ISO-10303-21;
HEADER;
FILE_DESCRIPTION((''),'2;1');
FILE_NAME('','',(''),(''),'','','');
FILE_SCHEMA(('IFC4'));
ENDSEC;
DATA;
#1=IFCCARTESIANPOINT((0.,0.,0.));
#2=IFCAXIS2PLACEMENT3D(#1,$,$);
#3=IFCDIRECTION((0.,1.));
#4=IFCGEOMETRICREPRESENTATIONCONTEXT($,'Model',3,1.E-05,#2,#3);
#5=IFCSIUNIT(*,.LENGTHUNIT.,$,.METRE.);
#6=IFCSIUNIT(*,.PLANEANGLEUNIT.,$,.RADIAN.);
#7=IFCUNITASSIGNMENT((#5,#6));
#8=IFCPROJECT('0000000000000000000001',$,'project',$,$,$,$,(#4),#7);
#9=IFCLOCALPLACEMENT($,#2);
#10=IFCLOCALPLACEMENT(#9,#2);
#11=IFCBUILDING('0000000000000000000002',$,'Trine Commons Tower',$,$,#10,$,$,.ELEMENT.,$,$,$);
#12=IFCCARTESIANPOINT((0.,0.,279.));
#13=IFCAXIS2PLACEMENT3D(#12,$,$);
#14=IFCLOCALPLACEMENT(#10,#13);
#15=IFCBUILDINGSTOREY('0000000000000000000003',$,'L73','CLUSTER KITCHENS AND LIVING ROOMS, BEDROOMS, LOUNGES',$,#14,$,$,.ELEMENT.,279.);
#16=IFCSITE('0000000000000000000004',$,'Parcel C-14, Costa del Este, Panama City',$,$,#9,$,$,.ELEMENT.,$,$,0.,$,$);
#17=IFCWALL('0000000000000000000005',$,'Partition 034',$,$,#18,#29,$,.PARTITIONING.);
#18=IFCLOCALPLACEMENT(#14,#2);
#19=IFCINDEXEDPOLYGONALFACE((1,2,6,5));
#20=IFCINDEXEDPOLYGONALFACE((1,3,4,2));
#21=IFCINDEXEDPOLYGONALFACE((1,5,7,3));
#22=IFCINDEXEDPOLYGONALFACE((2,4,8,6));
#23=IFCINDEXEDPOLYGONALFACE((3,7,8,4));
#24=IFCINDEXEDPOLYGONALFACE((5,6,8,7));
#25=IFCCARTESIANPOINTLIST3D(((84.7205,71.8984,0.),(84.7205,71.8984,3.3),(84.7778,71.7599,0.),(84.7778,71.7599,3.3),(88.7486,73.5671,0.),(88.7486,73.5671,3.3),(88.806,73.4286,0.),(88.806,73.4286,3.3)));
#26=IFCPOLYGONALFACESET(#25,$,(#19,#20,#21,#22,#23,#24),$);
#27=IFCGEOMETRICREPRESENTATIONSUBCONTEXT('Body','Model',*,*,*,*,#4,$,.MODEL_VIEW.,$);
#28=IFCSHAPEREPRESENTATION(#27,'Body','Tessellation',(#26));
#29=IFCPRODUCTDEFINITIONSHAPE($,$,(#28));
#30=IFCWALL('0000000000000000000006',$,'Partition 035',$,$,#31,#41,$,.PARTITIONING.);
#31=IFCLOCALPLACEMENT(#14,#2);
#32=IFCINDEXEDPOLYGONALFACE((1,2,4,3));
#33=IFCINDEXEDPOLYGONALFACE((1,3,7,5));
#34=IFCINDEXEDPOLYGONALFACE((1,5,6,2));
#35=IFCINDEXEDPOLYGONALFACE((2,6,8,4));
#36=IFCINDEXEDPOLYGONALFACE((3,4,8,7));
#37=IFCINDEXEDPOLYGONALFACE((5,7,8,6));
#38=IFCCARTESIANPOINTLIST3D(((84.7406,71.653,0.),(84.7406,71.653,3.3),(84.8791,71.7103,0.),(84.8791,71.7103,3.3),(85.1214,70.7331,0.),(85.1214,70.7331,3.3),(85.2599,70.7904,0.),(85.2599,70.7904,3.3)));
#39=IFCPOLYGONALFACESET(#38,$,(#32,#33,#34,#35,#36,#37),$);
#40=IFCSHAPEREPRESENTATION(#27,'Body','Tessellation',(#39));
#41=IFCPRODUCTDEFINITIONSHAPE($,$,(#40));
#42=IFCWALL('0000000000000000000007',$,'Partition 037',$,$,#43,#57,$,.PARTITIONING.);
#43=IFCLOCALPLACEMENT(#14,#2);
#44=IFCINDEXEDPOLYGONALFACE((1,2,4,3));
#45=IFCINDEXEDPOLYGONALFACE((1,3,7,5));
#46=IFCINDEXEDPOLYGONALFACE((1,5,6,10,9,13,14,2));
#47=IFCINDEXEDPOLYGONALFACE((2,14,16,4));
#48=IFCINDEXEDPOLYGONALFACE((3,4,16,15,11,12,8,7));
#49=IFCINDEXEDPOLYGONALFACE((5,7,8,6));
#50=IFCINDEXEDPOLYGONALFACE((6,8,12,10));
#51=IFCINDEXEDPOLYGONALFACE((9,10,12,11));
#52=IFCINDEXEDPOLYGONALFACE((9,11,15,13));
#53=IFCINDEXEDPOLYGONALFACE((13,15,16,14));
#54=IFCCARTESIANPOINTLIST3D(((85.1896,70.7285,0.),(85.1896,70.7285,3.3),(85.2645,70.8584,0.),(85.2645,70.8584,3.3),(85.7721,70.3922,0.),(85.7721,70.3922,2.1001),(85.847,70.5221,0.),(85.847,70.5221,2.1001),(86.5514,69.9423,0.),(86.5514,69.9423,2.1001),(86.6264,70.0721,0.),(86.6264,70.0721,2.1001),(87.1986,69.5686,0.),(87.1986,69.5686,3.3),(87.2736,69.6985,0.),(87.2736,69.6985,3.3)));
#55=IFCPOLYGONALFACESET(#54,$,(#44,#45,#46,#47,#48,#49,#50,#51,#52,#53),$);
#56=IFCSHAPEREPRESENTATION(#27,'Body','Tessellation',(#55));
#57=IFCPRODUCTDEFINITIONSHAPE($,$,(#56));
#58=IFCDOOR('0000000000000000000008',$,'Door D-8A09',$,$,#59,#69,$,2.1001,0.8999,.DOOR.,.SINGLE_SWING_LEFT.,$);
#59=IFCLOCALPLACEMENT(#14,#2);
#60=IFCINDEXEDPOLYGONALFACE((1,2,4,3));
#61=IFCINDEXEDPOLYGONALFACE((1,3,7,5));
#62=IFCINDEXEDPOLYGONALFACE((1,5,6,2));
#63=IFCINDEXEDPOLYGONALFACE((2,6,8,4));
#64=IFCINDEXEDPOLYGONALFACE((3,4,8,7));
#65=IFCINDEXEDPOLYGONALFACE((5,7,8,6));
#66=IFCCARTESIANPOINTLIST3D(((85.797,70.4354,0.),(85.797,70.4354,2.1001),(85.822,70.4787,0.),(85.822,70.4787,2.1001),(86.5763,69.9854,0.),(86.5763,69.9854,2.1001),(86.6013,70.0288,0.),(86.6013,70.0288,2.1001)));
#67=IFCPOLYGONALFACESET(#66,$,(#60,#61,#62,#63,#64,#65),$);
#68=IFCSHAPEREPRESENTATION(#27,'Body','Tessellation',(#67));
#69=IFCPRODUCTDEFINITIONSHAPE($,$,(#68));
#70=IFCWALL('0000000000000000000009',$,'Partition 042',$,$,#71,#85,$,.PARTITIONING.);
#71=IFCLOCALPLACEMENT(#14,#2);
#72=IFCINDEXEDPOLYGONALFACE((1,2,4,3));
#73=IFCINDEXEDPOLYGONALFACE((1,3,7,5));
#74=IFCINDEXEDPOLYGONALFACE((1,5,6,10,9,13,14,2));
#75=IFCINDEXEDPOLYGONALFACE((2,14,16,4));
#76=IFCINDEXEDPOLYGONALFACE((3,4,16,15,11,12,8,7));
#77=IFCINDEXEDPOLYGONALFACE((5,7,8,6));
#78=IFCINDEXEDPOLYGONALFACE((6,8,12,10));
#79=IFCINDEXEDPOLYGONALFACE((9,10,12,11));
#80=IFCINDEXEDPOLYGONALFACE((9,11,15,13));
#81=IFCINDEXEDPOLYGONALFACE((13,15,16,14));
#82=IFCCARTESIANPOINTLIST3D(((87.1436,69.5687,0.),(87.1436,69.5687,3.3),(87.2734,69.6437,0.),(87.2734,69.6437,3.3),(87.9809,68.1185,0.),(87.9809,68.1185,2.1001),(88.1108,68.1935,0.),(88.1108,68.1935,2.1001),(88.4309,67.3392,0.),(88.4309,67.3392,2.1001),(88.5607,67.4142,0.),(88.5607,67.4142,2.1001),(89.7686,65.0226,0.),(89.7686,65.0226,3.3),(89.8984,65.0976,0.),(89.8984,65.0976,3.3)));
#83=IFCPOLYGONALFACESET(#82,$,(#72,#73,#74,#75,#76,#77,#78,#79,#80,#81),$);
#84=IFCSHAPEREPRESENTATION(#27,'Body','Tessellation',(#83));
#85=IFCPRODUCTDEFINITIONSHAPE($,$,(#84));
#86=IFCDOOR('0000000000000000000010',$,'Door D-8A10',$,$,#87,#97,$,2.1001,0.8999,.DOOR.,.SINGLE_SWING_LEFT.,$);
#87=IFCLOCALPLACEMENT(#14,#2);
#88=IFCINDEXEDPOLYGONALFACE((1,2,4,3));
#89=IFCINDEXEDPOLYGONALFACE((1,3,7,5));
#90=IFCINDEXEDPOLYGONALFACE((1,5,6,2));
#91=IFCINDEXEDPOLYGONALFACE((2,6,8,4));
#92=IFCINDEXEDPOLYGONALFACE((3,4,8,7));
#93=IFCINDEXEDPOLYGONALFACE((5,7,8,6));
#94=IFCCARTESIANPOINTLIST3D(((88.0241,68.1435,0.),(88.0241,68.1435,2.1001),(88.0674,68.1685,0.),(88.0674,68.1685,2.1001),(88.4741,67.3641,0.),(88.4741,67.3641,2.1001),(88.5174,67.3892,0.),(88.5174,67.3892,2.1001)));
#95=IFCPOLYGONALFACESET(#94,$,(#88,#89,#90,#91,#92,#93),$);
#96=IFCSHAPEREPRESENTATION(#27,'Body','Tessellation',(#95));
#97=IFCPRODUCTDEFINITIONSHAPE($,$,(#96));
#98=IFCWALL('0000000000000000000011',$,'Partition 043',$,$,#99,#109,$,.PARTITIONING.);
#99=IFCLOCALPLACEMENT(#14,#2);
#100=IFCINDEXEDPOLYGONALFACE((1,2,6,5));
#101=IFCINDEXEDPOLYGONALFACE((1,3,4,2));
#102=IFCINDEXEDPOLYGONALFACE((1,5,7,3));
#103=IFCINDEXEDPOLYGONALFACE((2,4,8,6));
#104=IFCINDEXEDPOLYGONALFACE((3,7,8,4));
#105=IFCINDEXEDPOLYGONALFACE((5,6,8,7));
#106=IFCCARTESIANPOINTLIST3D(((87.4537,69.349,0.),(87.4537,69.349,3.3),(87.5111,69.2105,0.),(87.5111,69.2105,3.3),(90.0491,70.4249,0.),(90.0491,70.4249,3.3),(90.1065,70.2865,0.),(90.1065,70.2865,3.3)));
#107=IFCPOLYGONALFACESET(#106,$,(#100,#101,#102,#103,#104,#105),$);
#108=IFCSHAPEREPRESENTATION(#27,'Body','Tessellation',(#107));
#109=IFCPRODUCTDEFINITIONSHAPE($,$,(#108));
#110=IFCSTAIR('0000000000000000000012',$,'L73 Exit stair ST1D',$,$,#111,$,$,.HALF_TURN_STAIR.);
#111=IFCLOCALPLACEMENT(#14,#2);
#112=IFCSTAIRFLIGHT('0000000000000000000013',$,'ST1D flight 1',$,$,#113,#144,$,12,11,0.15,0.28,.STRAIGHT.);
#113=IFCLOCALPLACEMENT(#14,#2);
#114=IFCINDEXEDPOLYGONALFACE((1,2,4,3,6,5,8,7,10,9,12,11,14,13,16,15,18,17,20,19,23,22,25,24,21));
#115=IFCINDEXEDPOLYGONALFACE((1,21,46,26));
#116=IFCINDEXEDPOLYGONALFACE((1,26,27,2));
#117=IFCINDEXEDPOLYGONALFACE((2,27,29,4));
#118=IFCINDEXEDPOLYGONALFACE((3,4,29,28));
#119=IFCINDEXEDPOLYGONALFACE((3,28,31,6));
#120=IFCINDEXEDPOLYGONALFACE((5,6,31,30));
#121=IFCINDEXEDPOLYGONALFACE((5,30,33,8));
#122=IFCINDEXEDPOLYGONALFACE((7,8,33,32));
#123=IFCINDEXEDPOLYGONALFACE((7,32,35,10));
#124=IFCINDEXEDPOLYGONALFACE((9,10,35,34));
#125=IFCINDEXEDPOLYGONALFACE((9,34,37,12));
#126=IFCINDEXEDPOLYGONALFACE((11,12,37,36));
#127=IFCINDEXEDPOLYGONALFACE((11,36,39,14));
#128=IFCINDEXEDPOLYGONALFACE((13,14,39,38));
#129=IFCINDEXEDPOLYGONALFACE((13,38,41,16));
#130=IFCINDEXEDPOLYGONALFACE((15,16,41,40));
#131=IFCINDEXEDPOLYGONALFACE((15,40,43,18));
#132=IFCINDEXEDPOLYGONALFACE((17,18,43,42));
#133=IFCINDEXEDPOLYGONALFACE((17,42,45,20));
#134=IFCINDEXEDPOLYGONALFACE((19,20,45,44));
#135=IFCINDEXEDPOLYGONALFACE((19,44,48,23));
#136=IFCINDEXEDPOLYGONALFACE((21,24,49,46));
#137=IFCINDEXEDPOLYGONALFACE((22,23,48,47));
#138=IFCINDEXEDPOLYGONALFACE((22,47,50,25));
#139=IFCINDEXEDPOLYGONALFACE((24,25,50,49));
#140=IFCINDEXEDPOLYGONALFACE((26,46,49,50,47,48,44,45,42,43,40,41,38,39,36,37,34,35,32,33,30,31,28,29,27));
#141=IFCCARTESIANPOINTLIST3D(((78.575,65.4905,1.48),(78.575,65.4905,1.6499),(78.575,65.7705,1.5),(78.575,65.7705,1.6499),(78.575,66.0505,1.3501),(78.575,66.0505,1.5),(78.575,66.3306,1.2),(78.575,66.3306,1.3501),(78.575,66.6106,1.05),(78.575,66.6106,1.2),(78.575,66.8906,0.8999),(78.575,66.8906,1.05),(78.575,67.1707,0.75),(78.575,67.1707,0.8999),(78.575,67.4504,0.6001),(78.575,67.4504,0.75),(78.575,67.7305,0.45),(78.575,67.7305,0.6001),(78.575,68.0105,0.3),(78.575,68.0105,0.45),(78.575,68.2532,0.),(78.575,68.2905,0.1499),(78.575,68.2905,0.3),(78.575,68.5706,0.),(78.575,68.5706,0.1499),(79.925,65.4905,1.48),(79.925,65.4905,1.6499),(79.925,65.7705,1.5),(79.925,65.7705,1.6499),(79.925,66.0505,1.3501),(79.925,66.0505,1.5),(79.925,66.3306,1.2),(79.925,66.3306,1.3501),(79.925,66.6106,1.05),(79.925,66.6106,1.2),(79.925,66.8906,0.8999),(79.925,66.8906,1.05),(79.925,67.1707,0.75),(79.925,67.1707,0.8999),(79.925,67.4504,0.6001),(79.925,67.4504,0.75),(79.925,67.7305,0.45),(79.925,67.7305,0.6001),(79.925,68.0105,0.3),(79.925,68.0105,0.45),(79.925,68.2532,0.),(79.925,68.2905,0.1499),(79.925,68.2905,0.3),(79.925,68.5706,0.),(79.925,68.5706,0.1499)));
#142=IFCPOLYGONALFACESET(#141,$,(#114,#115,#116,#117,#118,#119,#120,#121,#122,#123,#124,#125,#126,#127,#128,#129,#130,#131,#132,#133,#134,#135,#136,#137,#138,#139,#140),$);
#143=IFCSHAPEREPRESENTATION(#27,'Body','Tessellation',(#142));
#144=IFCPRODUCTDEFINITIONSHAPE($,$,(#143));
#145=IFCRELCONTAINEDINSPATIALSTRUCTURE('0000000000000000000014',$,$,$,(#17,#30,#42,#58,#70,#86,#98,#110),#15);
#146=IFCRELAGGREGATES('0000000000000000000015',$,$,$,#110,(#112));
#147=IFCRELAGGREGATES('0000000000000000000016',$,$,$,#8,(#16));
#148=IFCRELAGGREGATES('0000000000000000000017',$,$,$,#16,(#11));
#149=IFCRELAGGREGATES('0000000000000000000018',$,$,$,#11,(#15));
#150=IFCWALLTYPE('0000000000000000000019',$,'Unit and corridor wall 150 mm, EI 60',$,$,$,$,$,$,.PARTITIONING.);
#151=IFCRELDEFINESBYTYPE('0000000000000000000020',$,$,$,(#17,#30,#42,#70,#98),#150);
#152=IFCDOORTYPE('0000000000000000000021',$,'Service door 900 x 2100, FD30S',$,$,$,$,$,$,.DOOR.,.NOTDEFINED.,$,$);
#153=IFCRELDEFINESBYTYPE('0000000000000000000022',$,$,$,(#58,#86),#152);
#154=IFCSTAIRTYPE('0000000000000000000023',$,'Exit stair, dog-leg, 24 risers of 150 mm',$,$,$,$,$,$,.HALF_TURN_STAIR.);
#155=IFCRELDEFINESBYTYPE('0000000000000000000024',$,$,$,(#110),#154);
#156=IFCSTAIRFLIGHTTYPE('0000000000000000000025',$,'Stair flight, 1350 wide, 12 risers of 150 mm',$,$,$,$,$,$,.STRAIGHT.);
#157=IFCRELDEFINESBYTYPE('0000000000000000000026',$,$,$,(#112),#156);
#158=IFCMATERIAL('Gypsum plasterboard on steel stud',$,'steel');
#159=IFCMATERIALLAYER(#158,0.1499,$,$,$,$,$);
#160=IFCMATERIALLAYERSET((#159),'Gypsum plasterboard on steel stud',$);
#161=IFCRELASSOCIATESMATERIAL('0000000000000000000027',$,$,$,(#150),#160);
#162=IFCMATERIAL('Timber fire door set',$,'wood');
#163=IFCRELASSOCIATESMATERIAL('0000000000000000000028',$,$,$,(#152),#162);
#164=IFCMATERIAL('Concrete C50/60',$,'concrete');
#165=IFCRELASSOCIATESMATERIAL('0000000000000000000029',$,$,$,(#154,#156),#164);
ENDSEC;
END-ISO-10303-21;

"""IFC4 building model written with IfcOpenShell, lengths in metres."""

from ifc_helpers import new_model, si_unit, direction, frame, frame_2d, origin, place, context, subcontext, project, spatial, polyline, rectangle, outline, extrude, material, layer, layer_set, type_object, element, fill, aggregate, save


model = new_model("IFC4")

# Units and contexts
model_context = context("Model", 3, precision=1e-05, world=origin(), true_north=direction((0.0, 1.0)))
body_context = subcontext(model_context, "Body", "Model", "MODEL_VIEW")
ifc_project = project(units=[si_unit("LENGTHUNIT", "METRE"), si_unit("PLANEANGLEUNIT", "RADIAN")], contexts=[model_context])

# Site, building, storey
site_placement = place(None, origin())
site = spatial("IfcSite", under=ifc_project, at=site_placement, Name="Parcel C-14, Costa del Este, Panama City", CompositionType="ELEMENT", RefElevation=0.0)
building_placement = place(site_placement, origin())
building = spatial("IfcBuilding", under=site, at=building_placement, Name="Trine Commons Tower", CompositionType="ELEMENT")
storey_placement = place(building_placement, frame((0.0, 0.0, 279.0)))
storey = spatial("IfcBuildingStorey", under=building, at=storey_placement, Name="L73", Description="CLUSTER KITCHENS AND LIVING ROOMS, BEDROOMS, LOUNGES", CompositionType="ELEMENT", Elevation=279.0)

# Shared definitions
ifc_material_1 = material(Name="Concrete C50/60", Category="concrete")

# Walls
ifc_material_2 = material(Name="Gypsum plasterboard on steel stud", Category="steel")
ifc_layer_1 = layer(ifc_material_2, 0.1499)
ifc_layer_set_1 = layer_set([ifc_layer_1], Name="Gypsum plasterboard on steel stud")
wall_type_1 = type_object("IfcWallType", Name="Unit and corridor wall 150 mm, EI 60", PredefinedType="PARTITIONING", material=ifc_layer_set_1)
wall_1_placement = place(storey_placement, frame((84.749, 71.8291, 0.0), z_axis=(0.0, 0.0, 1.0), x_axis=(0.923862, 0.382726, 0.0)))
element("IfcWall", 1, at=wall_1_placement, inside=storey, type_object=wall_type_1, Name="Partition 034", PredefinedType="PARTITIONING", context=body_context, shape_type="SweptSolid", body=[
    extrude(rectangle(XDim=4.3601, YDim=0.1499, at=frame_2d((2.1802, 0.0))), origin(), (0.0, 0.0, 1.0), 3.3),
])
wall_2_placement = place(storey_placement, frame((84.8098, 71.6816, 0.0), z_axis=(0.0, 0.0, 1.0), x_axis=(0.382525, -0.923945, 0.0)))
element("IfcWall", 2, at=wall_2_placement, inside=storey, type_object=wall_type_1, Name="Partition 035", PredefinedType="PARTITIONING", context=body_context, shape_type="SweptSolid", body=[
    extrude(rectangle(XDim=0.9956, YDim=0.1499, at=frame_2d((0.4978, 0.0))), origin(), (0.0, 0.0, 1.0), 3.3),
])

# Walls, openings, doors
wall_3_placement = place(storey_placement, frame((85.2271, 70.7935, 0.0), z_axis=(0.0, 0.0, 1.0), x_axis=(0.866026, -0.499999, 0.0)))
wall_3 = element("IfcWall", 3, at=wall_3_placement, inside=storey, type_object=wall_type_1, Name="Partition 037", PredefinedType="PARTITIONING", context=body_context, shape_type="SweptSolid", body=[
    extrude(rectangle(XDim=2.3198, YDim=0.1499, at=frame_2d((1.1599, 0.0))), origin(), (0.0, 0.0, 1.0), 3.3),
])
opening_1_placement = place(wall_3_placement, frame((0.6726, 0.0, 0.0)))
opening_1 = element("IfcOpeningElement", 4, at=opening_1_placement, cuts=wall_3, PredefinedType="OPENING", context=body_context, shape_type="SweptSolid", body=[
    extrude(rectangle(XDim=0.8999, YDim=2.1001, at=frame_2d((0.45, 1.05))), frame((0.0, 0.085, 0.0), z_axis=(0.0, -1.0, 0.0), x_axis=(1.0, 0.0, 0.0)), (0.0, 0.0, 1.0), 0.1699),
])
ifc_material_3 = material(Name="Timber fire door set", Category="wood")
door_type_1 = type_object("IfcDoorType", Name="Service door 900 x 2100, FD30S", OperationType="NOTDEFINED", PredefinedType="DOOR", material=ifc_material_3)
door_1_placement = place(opening_1_placement, origin())
door_1 = element("IfcDoor", 5, at=door_1_placement, inside=storey, type_object=door_type_1, Name="Door D-8A09", OperationType="SINGLE_SWING_LEFT", OverallHeight=2.1001, OverallWidth=0.8999, PredefinedType="DOOR", context=body_context, shape_type="SweptSolid", body=[
    extrude(rectangle(XDim=0.8999, YDim=2.1001, at=frame_2d((0.45, 1.05))), frame((0.0, 0.0249, 0.0), z_axis=(0.0, -1.0, 0.0), x_axis=(1.0, 0.0, 0.0)), (0.0, 0.0, 1.0), 0.05),
])
fill(opening_1, door_1)
wall_4_placement = place(storey_placement, frame((87.2085, 69.6062, 0.0), z_axis=(0.0, 0.0, 1.0), x_axis=(0.50004, -0.866002, 0.0)))
wall_4 = element("IfcWall", 6, at=wall_4_placement, inside=storey, type_object=wall_type_1, Name="Partition 042", PredefinedType="PARTITIONING", context=body_context, shape_type="SweptSolid", body=[
    extrude(rectangle(XDim=5.2495, YDim=0.1499, at=frame_2d((2.6248, 0.0))), origin(), (0.0, 0.0, 1.0), 3.3),
])
opening_2_placement = place(wall_4_placement, frame((1.6746, 0.0, 0.0)))
opening_2 = element("IfcOpeningElement", 7, at=opening_2_placement, cuts=wall_4, PredefinedType="OPENING", context=body_context, shape_type="SweptSolid", body=[
    extrude(rectangle(XDim=0.8999, YDim=2.1001, at=frame_2d((0.45, 1.05))), frame((0.0, 0.085, 0.0), z_axis=(0.0, -1.0, 0.0), x_axis=(1.0, 0.0, 0.0)), (0.0, 0.0, 1.0), 0.1699),
])
door_2_placement = place(opening_2_placement, origin())
door_2 = element("IfcDoor", 8, at=door_2_placement, inside=storey, type_object=door_type_1, Name="Door D-8A10", OperationType="SINGLE_SWING_LEFT", OverallHeight=2.1001, OverallWidth=0.8999, PredefinedType="DOOR", context=body_context, shape_type="SweptSolid", body=[
    extrude(rectangle(XDim=0.8999, YDim=2.1001, at=frame_2d((0.45, 1.05))), frame((0.0, 0.0249, 0.0), z_axis=(0.0, -1.0, 0.0), x_axis=(1.0, 0.0, 0.0)), (0.0, 0.0, 1.0), 0.05),
])
fill(opening_2, door_2)

# Wall
wall_5_placement = place(storey_placement, frame((87.4824, 69.2798, 0.0), z_axis=(0.0, 0.0, 1.0), x_axis=(0.923772, 0.382943, 0.0)))
element("IfcWall", 9, at=wall_5_placement, inside=storey, type_object=wall_type_1, Name="Partition 043", PredefinedType="PARTITIONING", context=body_context, shape_type="SweptSolid", body=[
    extrude(rectangle(XDim=2.8096, YDim=0.1499, at=frame_2d((1.4048, 0.0))), origin(), (0.0, 0.0, 1.0), 3.3),
])

# Stair, stair flight
stair_type = type_object("IfcStairType", Name="Exit stair, dog-leg, 24 risers of 150 mm", PredefinedType="HALF_TURN_STAIR", material=ifc_material_1)
stair_placement = place(storey_placement, origin())
stair = element("IfcStair", 10, at=stair_placement, inside=storey, type_object=stair_type, Name="L73 Exit stair ST1D", PredefinedType="HALF_TURN_STAIR")
stair_flight_type = type_object("IfcStairFlightType", Name="Stair flight, 1350 wide, 12 risers of 150 mm", PredefinedType="STRAIGHT", material=ifc_material_1)
stair_flight_placement = place(storey_placement, frame((79.25, 68.5706, 0.0), z_axis=(0.0, 0.0, 1.0), x_axis=(0.0, -1.0, 0.0)))
stair_flight = element("IfcStairFlight", 11, at=stair_flight_placement, type_object=stair_flight_type, Name="ST1D flight 1", NumberOfRisers=12, NumberOfTreads=11, PredefinedType="STRAIGHT", RiserHeight=0.15, TreadLength=0.28, context=body_context, shape_type="SweptSolid", body=[
    extrude(outline(polyline([(0.0, 0.0), (0.0, 0.1499), (0.28, 0.1499), (0.28, 0.3), (0.5601, 0.3), (0.5601, 0.45), (0.8401, 0.45), (0.8401, 0.6001), (1.1201, 0.6001), (1.1201, 0.75), (1.3999, 0.75), (1.3999, 0.8999), (1.6799, 0.8999), (1.6799, 1.05), (1.96, 1.05), (1.96, 1.2), (2.24, 1.2), (2.24, 1.3501), (2.52, 1.3501), (2.52, 1.5), (2.8, 1.5), (2.8, 1.6499), (3.0801, 1.6499), (3.0801, 1.8), (3.0801, 1.48), (0.3174, 0.0), (0.0, 0.0)])), frame((0.0, 0.675, 0.0), z_axis=(0.0, -1.0, 0.0), x_axis=(1.0, 0.0, 0.0)), (0.0, 0.0, 1.0), 1.3501),
])
aggregate(stair, [stair_flight])

save(model, "model.ifc")
